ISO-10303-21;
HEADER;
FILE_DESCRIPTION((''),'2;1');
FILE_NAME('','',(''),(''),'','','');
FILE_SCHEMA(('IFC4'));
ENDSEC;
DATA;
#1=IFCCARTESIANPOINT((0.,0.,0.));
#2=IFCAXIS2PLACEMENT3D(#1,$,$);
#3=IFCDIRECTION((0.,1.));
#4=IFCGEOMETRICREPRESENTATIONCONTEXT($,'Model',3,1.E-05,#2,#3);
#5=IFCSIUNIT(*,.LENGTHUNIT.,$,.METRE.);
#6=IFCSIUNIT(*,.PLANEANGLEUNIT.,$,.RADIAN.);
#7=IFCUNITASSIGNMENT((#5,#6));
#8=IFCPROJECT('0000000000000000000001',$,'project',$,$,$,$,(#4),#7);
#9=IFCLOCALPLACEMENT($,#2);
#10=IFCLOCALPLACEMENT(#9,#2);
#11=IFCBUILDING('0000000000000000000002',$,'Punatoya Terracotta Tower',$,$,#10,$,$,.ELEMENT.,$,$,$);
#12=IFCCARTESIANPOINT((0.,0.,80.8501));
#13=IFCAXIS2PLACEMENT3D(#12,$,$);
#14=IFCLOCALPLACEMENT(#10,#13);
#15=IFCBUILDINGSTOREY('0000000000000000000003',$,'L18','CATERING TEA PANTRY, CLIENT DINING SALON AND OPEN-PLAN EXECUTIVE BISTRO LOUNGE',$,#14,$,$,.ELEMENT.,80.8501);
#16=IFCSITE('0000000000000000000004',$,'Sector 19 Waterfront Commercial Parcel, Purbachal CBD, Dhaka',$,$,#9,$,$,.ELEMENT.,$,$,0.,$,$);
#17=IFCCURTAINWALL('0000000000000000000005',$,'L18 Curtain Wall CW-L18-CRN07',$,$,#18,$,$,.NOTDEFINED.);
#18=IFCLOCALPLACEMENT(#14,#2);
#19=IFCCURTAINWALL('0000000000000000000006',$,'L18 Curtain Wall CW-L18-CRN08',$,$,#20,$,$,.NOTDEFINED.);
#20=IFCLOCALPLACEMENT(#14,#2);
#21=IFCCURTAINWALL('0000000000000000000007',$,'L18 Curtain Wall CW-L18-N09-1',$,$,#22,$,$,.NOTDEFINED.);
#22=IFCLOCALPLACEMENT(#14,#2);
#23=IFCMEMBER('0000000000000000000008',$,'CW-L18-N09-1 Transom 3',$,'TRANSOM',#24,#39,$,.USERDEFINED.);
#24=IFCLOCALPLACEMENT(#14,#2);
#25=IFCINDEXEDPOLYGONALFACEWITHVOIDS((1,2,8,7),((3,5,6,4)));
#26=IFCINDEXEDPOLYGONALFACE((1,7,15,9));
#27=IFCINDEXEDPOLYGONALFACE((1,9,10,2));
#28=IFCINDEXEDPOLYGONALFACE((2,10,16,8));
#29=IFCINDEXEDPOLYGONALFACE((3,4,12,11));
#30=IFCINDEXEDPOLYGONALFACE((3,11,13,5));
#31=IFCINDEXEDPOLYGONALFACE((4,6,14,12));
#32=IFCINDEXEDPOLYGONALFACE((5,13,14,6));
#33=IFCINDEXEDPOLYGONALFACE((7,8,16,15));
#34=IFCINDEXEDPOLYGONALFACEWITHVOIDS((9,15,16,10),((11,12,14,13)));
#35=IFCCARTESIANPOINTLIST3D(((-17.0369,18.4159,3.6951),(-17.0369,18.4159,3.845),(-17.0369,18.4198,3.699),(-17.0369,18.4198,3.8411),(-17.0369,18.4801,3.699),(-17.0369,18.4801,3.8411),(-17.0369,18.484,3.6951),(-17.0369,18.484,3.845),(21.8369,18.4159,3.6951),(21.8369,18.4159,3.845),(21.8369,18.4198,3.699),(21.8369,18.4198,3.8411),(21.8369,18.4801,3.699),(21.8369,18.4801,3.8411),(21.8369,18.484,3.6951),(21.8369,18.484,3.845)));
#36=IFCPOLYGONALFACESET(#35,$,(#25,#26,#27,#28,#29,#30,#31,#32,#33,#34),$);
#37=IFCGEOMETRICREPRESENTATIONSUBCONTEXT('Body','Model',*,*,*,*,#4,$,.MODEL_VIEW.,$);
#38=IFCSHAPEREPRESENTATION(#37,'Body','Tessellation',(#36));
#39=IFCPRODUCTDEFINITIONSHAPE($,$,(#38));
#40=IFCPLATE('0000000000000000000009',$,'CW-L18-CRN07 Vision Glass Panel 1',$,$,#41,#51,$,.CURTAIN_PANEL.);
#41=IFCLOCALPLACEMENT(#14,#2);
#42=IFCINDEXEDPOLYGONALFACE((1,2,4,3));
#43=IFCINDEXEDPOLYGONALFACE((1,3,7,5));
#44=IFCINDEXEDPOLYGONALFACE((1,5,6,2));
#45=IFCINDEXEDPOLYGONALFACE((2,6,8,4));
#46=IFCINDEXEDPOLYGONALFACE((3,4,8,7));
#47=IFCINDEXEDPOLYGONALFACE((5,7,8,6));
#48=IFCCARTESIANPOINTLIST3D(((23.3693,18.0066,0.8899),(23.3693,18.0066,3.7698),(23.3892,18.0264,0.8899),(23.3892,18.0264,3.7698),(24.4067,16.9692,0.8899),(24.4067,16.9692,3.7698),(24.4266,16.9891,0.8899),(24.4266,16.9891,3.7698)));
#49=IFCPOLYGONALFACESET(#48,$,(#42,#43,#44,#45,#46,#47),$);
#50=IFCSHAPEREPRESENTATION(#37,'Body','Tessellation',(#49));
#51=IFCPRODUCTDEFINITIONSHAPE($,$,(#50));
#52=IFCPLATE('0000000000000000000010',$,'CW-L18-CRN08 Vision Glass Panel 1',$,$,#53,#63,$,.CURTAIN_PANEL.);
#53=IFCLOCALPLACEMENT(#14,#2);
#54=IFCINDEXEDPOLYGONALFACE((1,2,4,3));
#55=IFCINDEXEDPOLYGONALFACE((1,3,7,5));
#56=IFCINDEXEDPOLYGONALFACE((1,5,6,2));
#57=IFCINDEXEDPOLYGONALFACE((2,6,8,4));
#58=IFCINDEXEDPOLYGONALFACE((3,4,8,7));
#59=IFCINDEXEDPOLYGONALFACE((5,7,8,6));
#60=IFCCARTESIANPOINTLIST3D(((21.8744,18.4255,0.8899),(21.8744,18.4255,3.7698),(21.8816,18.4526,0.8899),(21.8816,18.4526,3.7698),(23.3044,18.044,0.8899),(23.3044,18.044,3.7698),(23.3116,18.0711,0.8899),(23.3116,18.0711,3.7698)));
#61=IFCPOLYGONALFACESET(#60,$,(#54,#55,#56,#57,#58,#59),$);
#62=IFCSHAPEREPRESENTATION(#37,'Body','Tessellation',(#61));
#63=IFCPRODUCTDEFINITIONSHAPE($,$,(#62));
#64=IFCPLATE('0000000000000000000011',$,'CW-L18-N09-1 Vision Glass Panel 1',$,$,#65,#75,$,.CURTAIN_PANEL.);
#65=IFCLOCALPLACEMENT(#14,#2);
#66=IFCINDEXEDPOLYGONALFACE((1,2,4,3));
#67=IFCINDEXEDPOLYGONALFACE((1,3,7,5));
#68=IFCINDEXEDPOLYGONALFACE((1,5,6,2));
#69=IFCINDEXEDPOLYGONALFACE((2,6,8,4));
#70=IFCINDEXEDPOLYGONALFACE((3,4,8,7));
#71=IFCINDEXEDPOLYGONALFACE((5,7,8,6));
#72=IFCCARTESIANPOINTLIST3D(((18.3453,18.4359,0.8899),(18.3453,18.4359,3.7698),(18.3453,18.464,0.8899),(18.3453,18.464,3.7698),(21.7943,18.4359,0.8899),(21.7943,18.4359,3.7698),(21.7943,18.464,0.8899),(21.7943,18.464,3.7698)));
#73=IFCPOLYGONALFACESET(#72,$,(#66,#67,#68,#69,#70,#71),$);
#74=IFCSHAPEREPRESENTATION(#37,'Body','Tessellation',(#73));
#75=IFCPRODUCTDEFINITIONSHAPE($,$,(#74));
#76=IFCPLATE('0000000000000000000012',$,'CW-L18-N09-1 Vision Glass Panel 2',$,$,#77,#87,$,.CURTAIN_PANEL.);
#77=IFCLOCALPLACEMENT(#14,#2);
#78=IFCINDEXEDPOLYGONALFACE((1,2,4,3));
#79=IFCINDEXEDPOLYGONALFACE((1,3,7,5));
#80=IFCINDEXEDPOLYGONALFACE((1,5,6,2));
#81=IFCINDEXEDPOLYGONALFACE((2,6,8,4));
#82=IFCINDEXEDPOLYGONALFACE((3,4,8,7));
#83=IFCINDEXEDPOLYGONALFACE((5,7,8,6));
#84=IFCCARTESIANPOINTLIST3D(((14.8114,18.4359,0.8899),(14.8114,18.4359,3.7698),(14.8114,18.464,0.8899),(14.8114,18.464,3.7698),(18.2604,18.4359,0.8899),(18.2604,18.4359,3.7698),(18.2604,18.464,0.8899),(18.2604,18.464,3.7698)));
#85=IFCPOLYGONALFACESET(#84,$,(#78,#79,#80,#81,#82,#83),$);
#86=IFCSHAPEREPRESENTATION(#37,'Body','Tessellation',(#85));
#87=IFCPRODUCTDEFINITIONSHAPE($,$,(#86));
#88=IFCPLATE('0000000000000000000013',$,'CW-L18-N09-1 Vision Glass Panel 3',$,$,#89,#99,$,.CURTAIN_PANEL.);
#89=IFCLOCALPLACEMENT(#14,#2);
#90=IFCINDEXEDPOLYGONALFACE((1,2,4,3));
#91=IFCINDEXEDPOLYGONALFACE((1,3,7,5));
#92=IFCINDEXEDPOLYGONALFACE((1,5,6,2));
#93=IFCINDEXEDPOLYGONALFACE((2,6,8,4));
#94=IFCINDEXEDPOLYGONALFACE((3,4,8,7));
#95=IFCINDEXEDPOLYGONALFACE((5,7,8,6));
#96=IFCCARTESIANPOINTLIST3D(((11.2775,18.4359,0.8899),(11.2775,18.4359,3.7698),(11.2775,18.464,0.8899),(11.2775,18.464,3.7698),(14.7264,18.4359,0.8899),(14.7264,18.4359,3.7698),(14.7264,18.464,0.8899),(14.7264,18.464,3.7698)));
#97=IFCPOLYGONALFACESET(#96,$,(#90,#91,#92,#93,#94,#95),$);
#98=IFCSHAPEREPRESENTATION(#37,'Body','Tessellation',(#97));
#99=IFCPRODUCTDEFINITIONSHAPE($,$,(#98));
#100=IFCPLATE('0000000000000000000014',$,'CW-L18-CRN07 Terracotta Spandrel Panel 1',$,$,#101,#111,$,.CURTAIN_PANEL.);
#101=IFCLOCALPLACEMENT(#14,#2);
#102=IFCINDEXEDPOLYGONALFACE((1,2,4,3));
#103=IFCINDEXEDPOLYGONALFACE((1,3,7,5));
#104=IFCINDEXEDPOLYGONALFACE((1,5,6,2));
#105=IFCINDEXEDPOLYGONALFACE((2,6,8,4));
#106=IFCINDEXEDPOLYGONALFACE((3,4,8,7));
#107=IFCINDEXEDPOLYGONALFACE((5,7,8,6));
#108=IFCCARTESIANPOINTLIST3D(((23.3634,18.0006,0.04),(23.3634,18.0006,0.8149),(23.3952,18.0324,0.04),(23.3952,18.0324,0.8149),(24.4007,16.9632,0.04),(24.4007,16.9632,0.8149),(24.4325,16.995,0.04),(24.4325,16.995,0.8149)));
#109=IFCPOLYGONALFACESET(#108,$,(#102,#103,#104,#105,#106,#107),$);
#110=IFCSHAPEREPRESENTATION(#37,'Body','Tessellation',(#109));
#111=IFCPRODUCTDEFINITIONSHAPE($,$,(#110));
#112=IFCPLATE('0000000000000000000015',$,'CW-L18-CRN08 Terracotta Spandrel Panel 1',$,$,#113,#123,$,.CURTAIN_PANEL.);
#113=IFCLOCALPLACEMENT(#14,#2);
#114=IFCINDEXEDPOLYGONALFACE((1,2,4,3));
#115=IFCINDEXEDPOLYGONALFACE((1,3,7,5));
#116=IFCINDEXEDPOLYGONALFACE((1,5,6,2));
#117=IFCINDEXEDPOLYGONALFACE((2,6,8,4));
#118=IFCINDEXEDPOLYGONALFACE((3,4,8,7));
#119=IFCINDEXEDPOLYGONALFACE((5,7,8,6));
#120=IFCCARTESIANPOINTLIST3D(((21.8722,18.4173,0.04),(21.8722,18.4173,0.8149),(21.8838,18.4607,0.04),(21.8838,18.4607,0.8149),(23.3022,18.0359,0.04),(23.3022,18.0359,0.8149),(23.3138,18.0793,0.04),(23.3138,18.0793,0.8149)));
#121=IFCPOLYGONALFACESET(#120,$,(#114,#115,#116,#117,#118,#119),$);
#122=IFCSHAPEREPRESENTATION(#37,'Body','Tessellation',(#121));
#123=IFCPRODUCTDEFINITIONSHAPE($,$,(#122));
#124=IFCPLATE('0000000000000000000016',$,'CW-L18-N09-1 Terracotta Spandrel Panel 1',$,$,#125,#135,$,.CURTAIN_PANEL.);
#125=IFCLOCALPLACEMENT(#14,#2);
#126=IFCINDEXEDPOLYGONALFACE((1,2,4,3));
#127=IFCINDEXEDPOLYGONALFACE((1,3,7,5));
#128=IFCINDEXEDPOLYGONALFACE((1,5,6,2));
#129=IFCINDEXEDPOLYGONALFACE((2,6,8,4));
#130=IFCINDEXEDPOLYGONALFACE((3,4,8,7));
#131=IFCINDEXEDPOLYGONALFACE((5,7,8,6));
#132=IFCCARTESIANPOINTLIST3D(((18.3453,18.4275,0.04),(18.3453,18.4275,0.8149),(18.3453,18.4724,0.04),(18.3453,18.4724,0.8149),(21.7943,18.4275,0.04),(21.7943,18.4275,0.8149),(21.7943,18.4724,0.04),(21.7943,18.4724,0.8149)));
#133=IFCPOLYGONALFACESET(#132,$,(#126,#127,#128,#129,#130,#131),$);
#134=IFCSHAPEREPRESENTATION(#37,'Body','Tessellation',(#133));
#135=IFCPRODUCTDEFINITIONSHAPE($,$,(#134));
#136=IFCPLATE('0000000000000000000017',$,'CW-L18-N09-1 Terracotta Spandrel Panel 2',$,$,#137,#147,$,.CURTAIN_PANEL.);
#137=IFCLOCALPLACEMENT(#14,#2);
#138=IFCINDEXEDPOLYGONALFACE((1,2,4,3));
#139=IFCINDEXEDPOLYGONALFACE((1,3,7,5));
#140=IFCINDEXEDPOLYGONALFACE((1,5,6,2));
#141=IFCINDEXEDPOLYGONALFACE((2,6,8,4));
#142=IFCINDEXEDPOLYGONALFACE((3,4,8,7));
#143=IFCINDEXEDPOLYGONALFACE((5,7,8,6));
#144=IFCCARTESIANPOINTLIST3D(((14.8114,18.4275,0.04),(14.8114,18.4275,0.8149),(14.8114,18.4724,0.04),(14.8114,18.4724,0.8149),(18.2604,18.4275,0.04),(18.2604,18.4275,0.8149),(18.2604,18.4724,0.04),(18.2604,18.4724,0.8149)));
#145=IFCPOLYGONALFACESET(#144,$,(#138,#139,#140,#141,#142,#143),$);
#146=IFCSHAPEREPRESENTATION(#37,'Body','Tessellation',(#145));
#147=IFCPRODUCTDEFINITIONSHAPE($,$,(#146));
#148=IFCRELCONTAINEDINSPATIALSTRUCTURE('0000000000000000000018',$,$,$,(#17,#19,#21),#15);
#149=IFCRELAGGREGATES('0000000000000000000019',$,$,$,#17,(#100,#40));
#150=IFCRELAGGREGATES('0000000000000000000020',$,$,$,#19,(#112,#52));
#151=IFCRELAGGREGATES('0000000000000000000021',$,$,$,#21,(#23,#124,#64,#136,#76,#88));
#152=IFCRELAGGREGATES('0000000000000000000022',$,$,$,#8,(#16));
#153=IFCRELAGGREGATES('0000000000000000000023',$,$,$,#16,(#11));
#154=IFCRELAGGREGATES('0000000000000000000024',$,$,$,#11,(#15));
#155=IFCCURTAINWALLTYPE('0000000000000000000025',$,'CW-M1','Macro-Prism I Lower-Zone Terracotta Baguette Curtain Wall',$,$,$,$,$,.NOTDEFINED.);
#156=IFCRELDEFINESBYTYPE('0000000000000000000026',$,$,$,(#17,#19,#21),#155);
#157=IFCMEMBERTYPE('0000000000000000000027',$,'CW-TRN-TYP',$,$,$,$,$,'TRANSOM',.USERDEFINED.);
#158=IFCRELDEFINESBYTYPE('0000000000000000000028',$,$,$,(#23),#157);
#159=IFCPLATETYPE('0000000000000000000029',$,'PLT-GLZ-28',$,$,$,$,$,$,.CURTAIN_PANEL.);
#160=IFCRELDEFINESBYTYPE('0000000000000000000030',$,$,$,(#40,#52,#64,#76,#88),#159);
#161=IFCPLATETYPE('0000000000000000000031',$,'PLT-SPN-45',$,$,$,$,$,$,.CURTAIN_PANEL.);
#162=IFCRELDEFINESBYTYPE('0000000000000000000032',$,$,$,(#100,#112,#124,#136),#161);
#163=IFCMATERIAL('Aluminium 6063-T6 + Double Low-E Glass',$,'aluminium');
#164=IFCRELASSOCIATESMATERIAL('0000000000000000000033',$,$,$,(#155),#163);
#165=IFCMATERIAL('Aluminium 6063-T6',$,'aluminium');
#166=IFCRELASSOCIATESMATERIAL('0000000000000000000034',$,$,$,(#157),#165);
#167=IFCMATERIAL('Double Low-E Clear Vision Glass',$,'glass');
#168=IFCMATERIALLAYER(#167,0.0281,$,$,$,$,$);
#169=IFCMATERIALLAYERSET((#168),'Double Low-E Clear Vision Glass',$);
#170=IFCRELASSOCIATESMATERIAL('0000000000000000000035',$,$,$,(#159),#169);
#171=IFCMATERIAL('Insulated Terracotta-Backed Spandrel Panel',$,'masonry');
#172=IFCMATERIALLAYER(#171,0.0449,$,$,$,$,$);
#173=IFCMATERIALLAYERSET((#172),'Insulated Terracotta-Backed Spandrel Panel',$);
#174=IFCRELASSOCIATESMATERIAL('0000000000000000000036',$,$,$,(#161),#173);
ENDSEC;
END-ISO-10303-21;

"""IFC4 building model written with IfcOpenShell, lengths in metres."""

from ifc_helpers import new_model, si_unit, direction, frame, origin, origin_2d, place, context, subcontext, project, spatial, rectangle, hollow_rectangle, extrude, material, layer, layer_set, material_profile, profile_set, type_object, element, aggregate, save


model = new_model("IFC4")

# Units and contexts
model_context = context("Model", 3, precision=1e-05, world=origin(), true_north=direction((0.0, 1.0)))
body_context = subcontext(model_context, "Body", "Model", "MODEL_VIEW")
ifc_project = project(units=[si_unit("LENGTHUNIT", "METRE"), si_unit("PLANEANGLEUNIT", "RADIAN")], contexts=[model_context])

# Site, building, storey
site_placement = place(None, origin())
site = spatial("IfcSite", under=ifc_project, at=site_placement, Name="Sector 19 Waterfront Commercial Parcel, Purbachal CBD, Dhaka", CompositionType="ELEMENT", RefElevation=0.0)
building_placement = place(site_placement, origin())
building = spatial("IfcBuilding", under=site, at=building_placement, Name="Punatoya Terracotta Tower", CompositionType="ELEMENT")
storey_placement = place(building_placement, frame((0.0, 0.0, 80.8501)))
storey = spatial("IfcBuildingStorey", under=building, at=storey_placement, Name="L18", Description="CATERING TEA PANTRY, CLIENT DINING SALON AND OPEN-PLAN EXECUTIVE BISTRO LOUNGE", CompositionType="ELEMENT", Elevation=80.8501)

# Curtain walls
ifc_material_1 = material(Name="Aluminium 6063-T6 + Double Low-E Glass", Category="aluminium")
curtain_wall_type = type_object("IfcCurtainWallType", Name="CW-M1", Description="Macro-Prism I Lower-Zone Terracotta Baguette Curtain Wall", PredefinedType="NOTDEFINED", material=ifc_material_1)
curtain_wall_1_placement = place(storey_placement, origin())
curtain_wall_1 = element("IfcCurtainWall", 1, at=curtain_wall_1_placement, inside=storey, type_object=curtain_wall_type, Name="L18 Curtain Wall CW-L18-CRN07", PredefinedType="NOTDEFINED")
ifc_material_2 = material(Name="Aluminium 6063-T6", Category="aluminium")
curtain_wall_2_placement = place(storey_placement, origin())
curtain_wall_2 = element("IfcCurtainWall", 2, at=curtain_wall_2_placement, inside=storey, type_object=curtain_wall_type, Name="L18 Curtain Wall CW-L18-CRN08", PredefinedType="NOTDEFINED")
curtain_wall_3_placement = place(storey_placement, origin())
curtain_wall_3 = element("IfcCurtainWall", 3, at=curtain_wall_3_placement, inside=storey, type_object=curtain_wall_type, Name="L18 Curtain Wall CW-L18-N09-1", PredefinedType="NOTDEFINED")

# Member
ifc_material_profile_1 = material_profile(ifc_material_2, hollow_rectangle(XDim=0.0681, YDim=0.1499, WallThickness=0.0039, at=origin_2d()))
ifc_profile_set_1 = profile_set([ifc_material_profile_1], Name="Aluminium 6063-T6")
member_type_1 = type_object("IfcMemberType", Name="CW-TRN-TYP", ElementType="TRANSOM", PredefinedType="USERDEFINED", material=ifc_profile_set_1)
member_1_placement = place(storey_placement, frame((21.8369, 18.45, 3.77), z_axis=(-1.0, 0.0, 0.0), x_axis=(0.0, -1.0, 0.0)))
member_1 = element("IfcMember", 4, at=member_1_placement, type_object=member_type_1, Name="CW-L18-N09-1 Transom 3", ObjectType="TRANSOM", PredefinedType="USERDEFINED", context=body_context, shape_type="SweptSolid", body=[
    extrude(hollow_rectangle(XDim=0.0681, YDim=0.1499, WallThickness=0.0039, at=origin_2d()), origin(), (0.0, 0.0, 1.0), 38.8738),
])

# Plates
ifc_material_3 = material(Name="Double Low-E Clear Vision Glass", Category="glass")
ifc_layer_1 = layer(ifc_material_3, 0.0281)
ifc_layer_set_1 = layer_set([ifc_layer_1], Name="Double Low-E Clear Vision Glass")
plate_type_1 = type_object("IfcPlateType", Name="PLT-GLZ-28", PredefinedType="CURTAIN_PANEL", material=ifc_layer_set_1)
plate_1_placement = place(storey_placement, frame((23.8979, 17.4978, 0.8899), z_axis=(0.0, 0.0, 1.0), x_axis=(-0.707107, 0.707107, 0.0)))
plate_1 = element("IfcPlate", 5, at=plate_1_placement, type_object=plate_type_1, Name="CW-L18-CRN07 Vision Glass Panel 1", PredefinedType="CURTAIN_PANEL", context=body_context, shape_type="SweptSolid", body=[
    extrude(rectangle(XDim=1.467, YDim=0.0281, at=origin_2d()), origin(), (0.0, 0.0, 1.0), 2.8799),
])
plate_2_placement = place(storey_placement, frame((22.593, 18.2483, 0.8899), z_axis=(0.0, 0.0, 1.0), x_axis=(-0.966214, 0.257742, 0.0)))
plate_2 = element("IfcPlate", 6, at=plate_2_placement, type_object=plate_type_1, Name="CW-L18-CRN08 Vision Glass Panel 1", PredefinedType="CURTAIN_PANEL", context=body_context, shape_type="SweptSolid", body=[
    extrude(rectangle(XDim=1.48, YDim=0.0281, at=origin_2d()), origin(), (0.0, 0.0, 1.0), 2.8799),
])
plate_3_placement = place(storey_placement, frame((20.0698, 18.45, 0.8899), z_axis=(0.0, 0.0, 1.0), x_axis=(-1.0, 0.0, 0.0)))
plate_3 = element("IfcPlate", 7, at=plate_3_placement, type_object=plate_type_1, Name="CW-L18-N09-1 Vision Glass Panel 1", PredefinedType="CURTAIN_PANEL", context=body_context, shape_type="SweptSolid", body=[
    extrude(rectangle(XDim=3.449, YDim=0.0281, at=origin_2d()), origin(), (0.0, 0.0, 1.0), 2.8799),
])
plate_4_placement = place(storey_placement, frame((16.5359, 18.45, 0.8899), z_axis=(0.0, 0.0, 1.0), x_axis=(-1.0, 0.0, 0.0)))
plate_4 = element("IfcPlate", 8, at=plate_4_placement, type_object=plate_type_1, Name="CW-L18-N09-1 Vision Glass Panel 2", PredefinedType="CURTAIN_PANEL", context=body_context, shape_type="SweptSolid", body=[
    extrude(rectangle(XDim=3.449, YDim=0.0281, at=origin_2d()), origin(), (0.0, 0.0, 1.0), 2.8799),
])
plate_5_placement = place(storey_placement, frame((13.002, 18.45, 0.8899), z_axis=(0.0, 0.0, 1.0), x_axis=(-1.0, 0.0, 0.0)))
plate_5 = element("IfcPlate", 9, at=plate_5_placement, type_object=plate_type_1, Name="CW-L18-N09-1 Vision Glass Panel 3", PredefinedType="CURTAIN_PANEL", context=body_context, shape_type="SweptSolid", body=[
    extrude(rectangle(XDim=3.449, YDim=0.0281, at=origin_2d()), origin(), (0.0, 0.0, 1.0), 2.8799),
])
ifc_material_4 = material(Name="Insulated Terracotta-Backed Spandrel Panel", Category="masonry")
ifc_layer_2 = layer(ifc_material_4, 0.0449)
ifc_layer_set_2 = layer_set([ifc_layer_2], Name="Insulated Terracotta-Backed Spandrel Panel")
plate_type_2 = type_object("IfcPlateType", Name="PLT-SPN-45", PredefinedType="CURTAIN_PANEL", material=ifc_layer_set_2)
plate_6_placement = place(storey_placement, frame((23.8979, 17.4978, 0.04), z_axis=(0.0, 0.0, 1.0), x_axis=(-0.707107, 0.707107, 0.0)))
plate_6 = element("IfcPlate", 10, at=plate_6_placement, type_object=plate_type_2, Name="CW-L18-CRN07 Terracotta Spandrel Panel 1", PredefinedType="CURTAIN_PANEL", context=body_context, shape_type="SweptSolid", body=[
    extrude(rectangle(XDim=1.467, YDim=0.0449, at=origin_2d()), origin(), (0.0, 0.0, 1.0), 0.7749),
])
aggregate(curtain_wall_1, [plate_6, plate_1])
plate_7_placement = place(storey_placement, frame((22.593, 18.2483, 0.04), z_axis=(0.0, 0.0, 1.0), x_axis=(-0.966214, 0.257742, 0.0)))
plate_7 = element("IfcPlate", 11, at=plate_7_placement, type_object=plate_type_2, Name="CW-L18-CRN08 Terracotta Spandrel Panel 1", PredefinedType="CURTAIN_PANEL", context=body_context, shape_type="SweptSolid", body=[
    extrude(rectangle(XDim=1.48, YDim=0.0449, at=origin_2d()), origin(), (0.0, 0.0, 1.0), 0.7749),
])
aggregate(curtain_wall_2, [plate_7, plate_2])
plate_8_placement = place(storey_placement, frame((20.0698, 18.45, 0.04), z_axis=(0.0, 0.0, 1.0), x_axis=(-1.0, 0.0, 0.0)))
plate_8 = element("IfcPlate", 12, at=plate_8_placement, type_object=plate_type_2, Name="CW-L18-N09-1 Terracotta Spandrel Panel 1", PredefinedType="CURTAIN_PANEL", context=body_context, shape_type="SweptSolid", body=[
    extrude(rectangle(XDim=3.449, YDim=0.0449, at=origin_2d()), origin(), (0.0, 0.0, 1.0), 0.7749),
])
plate_9_placement = place(storey_placement, frame((16.5359, 18.45, 0.04), z_axis=(0.0, 0.0, 1.0), x_axis=(-1.0, 0.0, 0.0)))
plate_9 = element("IfcPlate", 13, at=plate_9_placement, type_object=plate_type_2, Name="CW-L18-N09-1 Terracotta Spandrel Panel 2", PredefinedType="CURTAIN_PANEL", context=body_context, shape_type="SweptSolid", body=[
    extrude(rectangle(XDim=3.449, YDim=0.0449, at=origin_2d()), origin(), (0.0, 0.0, 1.0), 0.7749),
])
aggregate(curtain_wall_3, [member_1, plate_8, plate_3, plate_9, plate_4, plate_5])

save(model, "model.ifc")
